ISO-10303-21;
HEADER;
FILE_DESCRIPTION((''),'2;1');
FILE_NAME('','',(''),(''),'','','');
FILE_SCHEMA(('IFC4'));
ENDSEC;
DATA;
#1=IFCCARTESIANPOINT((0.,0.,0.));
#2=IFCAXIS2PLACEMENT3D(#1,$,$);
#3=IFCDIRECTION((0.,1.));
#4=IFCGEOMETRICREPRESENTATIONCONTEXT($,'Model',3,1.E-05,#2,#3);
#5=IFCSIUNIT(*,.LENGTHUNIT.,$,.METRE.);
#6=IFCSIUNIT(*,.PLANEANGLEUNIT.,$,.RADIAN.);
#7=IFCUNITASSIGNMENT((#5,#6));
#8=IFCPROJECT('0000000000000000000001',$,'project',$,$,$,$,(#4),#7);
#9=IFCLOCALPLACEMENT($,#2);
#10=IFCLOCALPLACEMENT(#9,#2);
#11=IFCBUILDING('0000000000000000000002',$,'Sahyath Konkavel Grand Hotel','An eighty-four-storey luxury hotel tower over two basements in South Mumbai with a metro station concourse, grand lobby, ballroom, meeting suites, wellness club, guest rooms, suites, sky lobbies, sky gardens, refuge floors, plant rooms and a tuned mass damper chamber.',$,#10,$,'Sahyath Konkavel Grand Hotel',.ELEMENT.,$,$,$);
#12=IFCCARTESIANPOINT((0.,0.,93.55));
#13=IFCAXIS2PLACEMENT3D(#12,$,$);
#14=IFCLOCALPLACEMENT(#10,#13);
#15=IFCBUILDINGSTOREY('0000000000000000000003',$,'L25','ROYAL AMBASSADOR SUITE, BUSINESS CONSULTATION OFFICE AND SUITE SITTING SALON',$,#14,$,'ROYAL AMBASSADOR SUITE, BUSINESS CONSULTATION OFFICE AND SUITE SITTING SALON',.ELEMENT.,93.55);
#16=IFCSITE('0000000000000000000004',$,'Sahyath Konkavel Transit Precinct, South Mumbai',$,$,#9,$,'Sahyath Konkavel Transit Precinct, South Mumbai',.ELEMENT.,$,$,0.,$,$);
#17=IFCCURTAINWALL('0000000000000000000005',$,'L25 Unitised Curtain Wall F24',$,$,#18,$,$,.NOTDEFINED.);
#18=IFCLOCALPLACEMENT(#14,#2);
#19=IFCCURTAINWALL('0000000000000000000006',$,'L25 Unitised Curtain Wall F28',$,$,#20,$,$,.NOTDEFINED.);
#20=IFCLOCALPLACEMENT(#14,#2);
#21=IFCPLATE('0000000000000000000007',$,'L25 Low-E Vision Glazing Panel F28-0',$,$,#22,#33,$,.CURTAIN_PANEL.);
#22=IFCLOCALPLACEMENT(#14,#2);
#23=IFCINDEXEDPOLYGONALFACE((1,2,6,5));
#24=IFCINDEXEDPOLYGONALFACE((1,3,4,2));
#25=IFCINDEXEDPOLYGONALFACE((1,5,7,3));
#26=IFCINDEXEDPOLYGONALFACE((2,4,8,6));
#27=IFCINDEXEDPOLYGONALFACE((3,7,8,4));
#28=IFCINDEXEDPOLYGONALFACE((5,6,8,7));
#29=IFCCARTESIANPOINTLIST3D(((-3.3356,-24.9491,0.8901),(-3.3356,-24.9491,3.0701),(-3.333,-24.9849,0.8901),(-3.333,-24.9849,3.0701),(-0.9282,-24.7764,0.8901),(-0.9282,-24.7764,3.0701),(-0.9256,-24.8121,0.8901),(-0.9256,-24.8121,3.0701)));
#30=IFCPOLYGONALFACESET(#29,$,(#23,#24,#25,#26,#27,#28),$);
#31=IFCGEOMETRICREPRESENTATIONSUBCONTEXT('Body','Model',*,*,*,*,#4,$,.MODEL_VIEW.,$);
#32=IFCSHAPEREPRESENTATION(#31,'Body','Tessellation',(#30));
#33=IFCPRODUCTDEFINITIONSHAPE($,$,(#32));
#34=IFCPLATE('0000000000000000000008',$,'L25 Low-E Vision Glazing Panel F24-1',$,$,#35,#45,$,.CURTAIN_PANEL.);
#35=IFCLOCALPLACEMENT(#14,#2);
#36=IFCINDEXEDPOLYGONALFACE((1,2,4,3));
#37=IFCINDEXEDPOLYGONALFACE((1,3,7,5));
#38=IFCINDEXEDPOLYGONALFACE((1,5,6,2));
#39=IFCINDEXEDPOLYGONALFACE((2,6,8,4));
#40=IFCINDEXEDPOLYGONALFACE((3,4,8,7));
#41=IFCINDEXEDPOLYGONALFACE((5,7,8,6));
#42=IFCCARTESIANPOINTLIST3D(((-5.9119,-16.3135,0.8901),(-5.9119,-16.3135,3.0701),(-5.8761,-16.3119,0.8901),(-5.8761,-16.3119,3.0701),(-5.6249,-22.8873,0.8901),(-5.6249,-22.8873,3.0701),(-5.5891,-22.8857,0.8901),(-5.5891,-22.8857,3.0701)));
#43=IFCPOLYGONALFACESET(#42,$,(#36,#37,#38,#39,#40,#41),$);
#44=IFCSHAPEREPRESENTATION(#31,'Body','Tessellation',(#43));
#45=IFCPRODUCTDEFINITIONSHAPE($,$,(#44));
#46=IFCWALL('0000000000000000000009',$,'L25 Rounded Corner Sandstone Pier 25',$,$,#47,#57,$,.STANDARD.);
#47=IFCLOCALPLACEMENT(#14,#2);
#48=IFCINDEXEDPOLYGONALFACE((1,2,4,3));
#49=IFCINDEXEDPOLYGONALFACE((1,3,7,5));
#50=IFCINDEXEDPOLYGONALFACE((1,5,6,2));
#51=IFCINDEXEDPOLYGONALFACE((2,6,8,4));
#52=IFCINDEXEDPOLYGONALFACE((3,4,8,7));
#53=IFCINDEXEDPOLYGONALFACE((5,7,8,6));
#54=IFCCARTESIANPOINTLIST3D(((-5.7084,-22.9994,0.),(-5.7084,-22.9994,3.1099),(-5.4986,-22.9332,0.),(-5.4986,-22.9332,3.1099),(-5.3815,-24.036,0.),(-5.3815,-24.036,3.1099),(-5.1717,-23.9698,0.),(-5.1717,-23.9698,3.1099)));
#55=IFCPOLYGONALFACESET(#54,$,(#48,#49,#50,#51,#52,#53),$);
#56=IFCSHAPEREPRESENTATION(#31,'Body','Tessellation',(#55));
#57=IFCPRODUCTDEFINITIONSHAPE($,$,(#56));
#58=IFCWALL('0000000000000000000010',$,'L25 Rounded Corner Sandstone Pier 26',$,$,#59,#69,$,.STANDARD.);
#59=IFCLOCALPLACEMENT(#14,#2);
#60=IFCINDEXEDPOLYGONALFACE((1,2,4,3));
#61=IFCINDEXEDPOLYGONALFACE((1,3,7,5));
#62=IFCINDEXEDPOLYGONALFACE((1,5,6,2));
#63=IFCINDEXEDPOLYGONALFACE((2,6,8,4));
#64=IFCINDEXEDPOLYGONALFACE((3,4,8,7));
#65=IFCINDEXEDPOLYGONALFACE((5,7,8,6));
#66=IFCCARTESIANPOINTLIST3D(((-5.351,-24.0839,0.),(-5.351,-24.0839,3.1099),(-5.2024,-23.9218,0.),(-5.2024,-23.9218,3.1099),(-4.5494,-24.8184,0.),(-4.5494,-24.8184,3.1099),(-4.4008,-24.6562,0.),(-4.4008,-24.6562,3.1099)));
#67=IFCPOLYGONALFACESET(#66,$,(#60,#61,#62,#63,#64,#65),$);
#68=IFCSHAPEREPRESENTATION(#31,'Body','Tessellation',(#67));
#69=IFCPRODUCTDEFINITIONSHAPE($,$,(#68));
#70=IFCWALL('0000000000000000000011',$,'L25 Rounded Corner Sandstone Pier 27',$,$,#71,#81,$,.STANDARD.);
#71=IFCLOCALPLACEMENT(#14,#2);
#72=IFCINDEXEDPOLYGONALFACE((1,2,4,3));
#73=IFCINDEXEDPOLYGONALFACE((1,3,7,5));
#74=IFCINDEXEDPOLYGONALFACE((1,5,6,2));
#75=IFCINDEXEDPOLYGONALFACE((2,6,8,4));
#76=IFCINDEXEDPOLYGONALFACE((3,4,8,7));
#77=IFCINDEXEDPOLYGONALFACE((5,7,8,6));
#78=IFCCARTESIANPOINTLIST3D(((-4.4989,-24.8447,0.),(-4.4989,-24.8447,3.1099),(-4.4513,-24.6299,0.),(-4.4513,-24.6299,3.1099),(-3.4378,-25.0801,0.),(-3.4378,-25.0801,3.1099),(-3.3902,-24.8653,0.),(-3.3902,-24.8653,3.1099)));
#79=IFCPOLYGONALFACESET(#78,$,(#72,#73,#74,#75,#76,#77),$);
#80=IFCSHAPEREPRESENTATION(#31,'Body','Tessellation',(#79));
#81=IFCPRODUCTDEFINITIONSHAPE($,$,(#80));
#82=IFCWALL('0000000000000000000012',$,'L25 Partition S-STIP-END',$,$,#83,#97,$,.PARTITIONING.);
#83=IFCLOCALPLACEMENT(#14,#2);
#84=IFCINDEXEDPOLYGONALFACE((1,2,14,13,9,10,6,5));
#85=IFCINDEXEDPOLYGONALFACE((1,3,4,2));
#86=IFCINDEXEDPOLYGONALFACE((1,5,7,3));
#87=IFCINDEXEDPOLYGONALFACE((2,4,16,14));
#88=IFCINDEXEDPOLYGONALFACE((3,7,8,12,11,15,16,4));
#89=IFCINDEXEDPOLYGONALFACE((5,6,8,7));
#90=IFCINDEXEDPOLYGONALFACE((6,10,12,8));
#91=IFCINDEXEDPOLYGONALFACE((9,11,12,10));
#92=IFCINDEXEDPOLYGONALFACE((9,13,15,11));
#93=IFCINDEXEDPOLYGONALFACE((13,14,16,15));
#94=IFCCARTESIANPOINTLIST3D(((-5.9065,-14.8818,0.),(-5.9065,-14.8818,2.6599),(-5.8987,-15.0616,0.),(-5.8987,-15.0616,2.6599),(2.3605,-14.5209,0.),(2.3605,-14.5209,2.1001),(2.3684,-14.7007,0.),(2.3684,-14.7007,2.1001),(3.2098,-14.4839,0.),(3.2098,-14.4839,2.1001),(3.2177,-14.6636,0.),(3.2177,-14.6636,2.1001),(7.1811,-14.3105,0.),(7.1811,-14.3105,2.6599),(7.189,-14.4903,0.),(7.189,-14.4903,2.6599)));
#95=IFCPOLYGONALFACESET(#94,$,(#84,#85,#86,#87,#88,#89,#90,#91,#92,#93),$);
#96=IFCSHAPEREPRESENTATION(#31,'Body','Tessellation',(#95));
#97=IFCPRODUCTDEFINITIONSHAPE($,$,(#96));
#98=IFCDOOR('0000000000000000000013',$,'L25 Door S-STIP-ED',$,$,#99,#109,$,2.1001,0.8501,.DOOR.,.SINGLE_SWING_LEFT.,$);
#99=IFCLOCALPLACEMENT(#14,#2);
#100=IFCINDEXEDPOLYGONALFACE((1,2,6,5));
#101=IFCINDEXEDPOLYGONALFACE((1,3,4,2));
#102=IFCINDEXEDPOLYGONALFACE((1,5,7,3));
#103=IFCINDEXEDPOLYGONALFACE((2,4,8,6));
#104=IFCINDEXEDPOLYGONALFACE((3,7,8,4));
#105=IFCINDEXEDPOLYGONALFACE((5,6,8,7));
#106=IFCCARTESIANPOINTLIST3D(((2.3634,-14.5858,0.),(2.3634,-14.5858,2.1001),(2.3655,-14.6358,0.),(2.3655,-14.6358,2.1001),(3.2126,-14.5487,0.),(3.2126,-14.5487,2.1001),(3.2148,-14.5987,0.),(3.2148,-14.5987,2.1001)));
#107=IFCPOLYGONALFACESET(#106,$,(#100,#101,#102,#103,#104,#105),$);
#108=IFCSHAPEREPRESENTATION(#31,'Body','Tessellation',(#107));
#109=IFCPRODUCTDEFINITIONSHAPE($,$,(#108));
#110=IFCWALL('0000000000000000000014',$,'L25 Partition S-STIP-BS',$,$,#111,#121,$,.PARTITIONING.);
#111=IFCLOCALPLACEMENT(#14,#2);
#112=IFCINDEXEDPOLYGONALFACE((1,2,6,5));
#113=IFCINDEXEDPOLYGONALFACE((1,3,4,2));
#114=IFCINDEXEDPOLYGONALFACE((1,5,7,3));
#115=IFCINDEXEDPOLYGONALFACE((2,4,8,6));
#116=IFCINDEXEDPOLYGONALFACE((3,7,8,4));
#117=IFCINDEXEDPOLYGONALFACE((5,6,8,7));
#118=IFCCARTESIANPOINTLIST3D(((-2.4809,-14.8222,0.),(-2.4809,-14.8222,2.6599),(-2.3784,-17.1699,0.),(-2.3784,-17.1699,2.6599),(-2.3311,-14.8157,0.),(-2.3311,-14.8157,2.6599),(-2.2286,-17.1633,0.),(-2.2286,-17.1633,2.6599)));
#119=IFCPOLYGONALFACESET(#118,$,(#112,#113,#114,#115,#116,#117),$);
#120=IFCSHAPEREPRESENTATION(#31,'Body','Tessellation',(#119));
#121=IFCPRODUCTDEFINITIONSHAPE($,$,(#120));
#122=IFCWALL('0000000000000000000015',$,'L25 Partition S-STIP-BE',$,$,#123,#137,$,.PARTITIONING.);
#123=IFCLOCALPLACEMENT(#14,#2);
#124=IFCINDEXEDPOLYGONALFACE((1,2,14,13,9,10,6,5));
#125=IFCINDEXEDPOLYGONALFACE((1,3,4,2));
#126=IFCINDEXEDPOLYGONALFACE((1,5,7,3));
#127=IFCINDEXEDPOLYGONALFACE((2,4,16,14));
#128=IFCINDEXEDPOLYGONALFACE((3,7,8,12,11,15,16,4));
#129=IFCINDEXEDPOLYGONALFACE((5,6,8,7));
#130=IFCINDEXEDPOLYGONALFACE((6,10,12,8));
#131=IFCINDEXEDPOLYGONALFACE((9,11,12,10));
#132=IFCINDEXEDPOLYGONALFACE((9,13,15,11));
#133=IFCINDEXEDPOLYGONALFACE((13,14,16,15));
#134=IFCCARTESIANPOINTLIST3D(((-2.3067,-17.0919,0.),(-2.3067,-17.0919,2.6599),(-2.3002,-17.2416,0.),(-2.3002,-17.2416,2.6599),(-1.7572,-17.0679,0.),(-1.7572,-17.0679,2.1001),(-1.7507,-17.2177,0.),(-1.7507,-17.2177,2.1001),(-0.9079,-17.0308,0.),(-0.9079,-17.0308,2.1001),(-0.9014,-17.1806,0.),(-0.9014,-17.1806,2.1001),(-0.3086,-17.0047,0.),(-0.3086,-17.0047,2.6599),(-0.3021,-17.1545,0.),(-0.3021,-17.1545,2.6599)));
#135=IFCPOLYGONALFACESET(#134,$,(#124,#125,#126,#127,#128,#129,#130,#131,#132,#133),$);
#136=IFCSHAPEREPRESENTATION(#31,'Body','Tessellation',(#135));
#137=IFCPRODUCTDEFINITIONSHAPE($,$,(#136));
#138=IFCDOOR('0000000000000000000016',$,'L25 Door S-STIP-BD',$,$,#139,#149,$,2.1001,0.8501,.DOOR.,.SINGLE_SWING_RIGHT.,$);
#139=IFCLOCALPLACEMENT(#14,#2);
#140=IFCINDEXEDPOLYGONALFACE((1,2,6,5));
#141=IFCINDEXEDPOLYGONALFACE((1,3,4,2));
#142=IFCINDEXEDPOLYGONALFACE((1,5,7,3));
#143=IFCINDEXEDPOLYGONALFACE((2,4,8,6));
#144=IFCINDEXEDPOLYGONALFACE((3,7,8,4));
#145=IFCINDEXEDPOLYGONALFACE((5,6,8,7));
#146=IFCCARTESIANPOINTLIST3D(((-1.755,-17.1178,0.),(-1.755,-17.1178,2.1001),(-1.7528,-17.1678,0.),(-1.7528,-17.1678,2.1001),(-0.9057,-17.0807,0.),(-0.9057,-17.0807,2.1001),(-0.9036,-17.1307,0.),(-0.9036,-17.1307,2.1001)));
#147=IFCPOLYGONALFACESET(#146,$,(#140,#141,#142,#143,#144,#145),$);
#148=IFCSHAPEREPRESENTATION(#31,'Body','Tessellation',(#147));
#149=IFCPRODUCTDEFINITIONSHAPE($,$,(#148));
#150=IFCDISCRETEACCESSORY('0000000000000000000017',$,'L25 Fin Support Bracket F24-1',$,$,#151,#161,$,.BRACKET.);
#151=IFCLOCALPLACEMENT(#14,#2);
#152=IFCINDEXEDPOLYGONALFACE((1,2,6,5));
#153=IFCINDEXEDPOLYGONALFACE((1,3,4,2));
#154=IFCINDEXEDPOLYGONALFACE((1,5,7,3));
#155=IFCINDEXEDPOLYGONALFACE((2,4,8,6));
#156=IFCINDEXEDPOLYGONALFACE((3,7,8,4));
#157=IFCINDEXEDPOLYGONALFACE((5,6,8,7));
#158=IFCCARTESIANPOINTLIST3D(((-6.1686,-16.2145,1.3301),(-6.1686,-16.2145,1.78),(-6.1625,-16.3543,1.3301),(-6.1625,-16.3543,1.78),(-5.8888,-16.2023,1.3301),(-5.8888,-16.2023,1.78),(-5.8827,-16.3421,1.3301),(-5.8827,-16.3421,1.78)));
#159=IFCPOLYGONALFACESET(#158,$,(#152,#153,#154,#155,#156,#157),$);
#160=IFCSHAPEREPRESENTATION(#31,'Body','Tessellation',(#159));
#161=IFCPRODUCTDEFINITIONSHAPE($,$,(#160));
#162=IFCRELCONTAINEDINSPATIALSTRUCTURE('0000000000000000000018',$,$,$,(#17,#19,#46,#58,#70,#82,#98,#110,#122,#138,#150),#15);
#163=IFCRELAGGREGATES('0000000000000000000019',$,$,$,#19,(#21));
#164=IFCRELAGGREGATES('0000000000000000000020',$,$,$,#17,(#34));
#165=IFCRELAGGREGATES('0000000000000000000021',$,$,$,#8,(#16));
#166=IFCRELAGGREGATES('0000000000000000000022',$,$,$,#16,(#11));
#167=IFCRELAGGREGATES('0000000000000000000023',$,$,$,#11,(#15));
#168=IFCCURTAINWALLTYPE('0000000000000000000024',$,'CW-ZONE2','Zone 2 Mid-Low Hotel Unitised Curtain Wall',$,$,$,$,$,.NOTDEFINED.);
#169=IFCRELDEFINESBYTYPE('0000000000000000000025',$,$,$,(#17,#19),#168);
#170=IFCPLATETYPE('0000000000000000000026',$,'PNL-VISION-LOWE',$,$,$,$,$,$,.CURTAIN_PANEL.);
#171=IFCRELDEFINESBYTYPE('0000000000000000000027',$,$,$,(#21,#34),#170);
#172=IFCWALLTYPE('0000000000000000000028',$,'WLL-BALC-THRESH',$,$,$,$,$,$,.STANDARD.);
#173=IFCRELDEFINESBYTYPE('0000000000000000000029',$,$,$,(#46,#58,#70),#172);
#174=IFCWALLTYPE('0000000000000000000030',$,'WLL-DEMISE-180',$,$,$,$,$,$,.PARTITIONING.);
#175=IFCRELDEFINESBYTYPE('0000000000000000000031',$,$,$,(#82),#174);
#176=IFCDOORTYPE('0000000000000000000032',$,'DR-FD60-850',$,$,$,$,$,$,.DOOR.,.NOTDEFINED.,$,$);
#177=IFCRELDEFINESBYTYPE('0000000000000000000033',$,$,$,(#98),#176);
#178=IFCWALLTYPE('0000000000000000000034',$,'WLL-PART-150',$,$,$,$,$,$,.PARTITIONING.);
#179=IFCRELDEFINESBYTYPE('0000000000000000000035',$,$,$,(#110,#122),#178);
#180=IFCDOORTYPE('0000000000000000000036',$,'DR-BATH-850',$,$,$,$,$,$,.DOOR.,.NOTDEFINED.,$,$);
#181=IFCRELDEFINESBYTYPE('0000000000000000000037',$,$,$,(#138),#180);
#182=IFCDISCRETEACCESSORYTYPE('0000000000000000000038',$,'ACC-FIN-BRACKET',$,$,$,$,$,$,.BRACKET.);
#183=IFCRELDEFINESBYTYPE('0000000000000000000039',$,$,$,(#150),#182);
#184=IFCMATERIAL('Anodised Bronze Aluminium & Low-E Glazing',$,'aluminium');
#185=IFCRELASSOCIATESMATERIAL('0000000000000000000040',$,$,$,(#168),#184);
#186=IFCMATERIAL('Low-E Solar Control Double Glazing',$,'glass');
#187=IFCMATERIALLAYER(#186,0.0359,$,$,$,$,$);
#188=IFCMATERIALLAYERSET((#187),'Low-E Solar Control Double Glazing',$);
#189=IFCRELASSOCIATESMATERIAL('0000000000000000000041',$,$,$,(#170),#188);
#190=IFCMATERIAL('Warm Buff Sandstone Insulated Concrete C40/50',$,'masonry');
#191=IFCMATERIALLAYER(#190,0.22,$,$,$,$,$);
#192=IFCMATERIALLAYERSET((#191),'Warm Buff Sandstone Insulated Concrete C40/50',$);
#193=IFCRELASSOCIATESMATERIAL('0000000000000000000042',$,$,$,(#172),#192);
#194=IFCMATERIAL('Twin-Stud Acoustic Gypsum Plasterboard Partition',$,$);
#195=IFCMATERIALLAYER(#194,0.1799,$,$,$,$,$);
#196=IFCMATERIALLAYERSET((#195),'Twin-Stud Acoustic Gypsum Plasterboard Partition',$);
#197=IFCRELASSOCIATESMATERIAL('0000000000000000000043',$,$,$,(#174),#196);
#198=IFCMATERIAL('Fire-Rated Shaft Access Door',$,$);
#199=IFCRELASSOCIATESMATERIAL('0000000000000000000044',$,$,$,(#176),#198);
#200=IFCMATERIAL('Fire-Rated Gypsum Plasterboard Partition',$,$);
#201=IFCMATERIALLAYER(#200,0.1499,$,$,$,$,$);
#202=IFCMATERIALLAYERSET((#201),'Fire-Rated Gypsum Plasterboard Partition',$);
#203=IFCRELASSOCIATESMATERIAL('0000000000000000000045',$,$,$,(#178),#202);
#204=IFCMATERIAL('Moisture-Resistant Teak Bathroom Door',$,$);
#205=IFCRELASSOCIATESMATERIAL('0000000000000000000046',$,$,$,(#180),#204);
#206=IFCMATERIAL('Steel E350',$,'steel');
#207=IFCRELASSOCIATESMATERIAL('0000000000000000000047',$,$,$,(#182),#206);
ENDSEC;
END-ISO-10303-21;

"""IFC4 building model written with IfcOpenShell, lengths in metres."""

from ifc_helpers import new_model, si_unit, direction, frame, frame_2d, origin, origin_2d, place, context, subcontext, project, spatial, rectangle, extrude, source, transform, mapped, material, layer, layer_set, type_object, element, fill, aggregate, save


model = new_model("IFC4")

# Units and contexts
model_context = context("Model", 3, precision=1e-05, world=origin(), true_north=direction((0.0, 1.0)))
body_context = subcontext(model_context, "Body", "Model", "MODEL_VIEW")
ifc_project = project(units=[si_unit("LENGTHUNIT", "METRE"), si_unit("PLANEANGLEUNIT", "RADIAN")], contexts=[model_context])

# Site, building, storey
site_placement = place(None, origin())
site = spatial("IfcSite", under=ifc_project, at=site_placement, Name="Sahyath Konkavel Transit Precinct, South Mumbai", LongName="Sahyath Konkavel Transit Precinct, South Mumbai", CompositionType="ELEMENT", RefElevation=0.0)
building_placement = place(site_placement, origin())
building = spatial("IfcBuilding", under=site, at=building_placement, Name="Sahyath Konkavel Grand Hotel", Description="An eighty-four-storey luxury hotel tower over two basements in South Mumbai with a metro station concourse, grand lobby, ballroom, meeting suites, wellness club, guest rooms, suites, sky lobbies, sky gardens, refuge floors, plant rooms and a tuned mass damper chamber.", LongName="Sahyath Konkavel Grand Hotel", CompositionType="ELEMENT")
storey_placement = place(building_placement, frame((0.0, 0.0, 93.55)))
storey = spatial("IfcBuildingStorey", under=building, at=storey_placement, Name="L25", Description="ROYAL AMBASSADOR SUITE, BUSINESS CONSULTATION OFFICE AND SUITE SITTING SALON", LongName="ROYAL AMBASSADOR SUITE, BUSINESS CONSULTATION OFFICE AND SUITE SITTING SALON", CompositionType="ELEMENT", Elevation=93.55)

# Shared definitions
ifc_material_1 = material(Name="Steel E350", Category="steel")

# Curtain wall
ifc_material_2 = material(Name="Anodised Bronze Aluminium & Low-E Glazing", Category="aluminium")
curtain_wall_type = type_object("IfcCurtainWallType", Name="CW-ZONE2", Description="Zone 2 Mid-Low Hotel Unitised Curtain Wall", PredefinedType="NOTDEFINED", material=ifc_material_2)
curtain_wall_1_placement = place(storey_placement, origin())
curtain_wall_1 = element("IfcCurtainWall", 1, at=curtain_wall_1_placement, inside=storey, type_object=curtain_wall_type, Name="L25 Unitised Curtain Wall F24", PredefinedType="NOTDEFINED")

# Curtain wall
curtain_wall_2_placement = place(storey_placement, origin())
curtain_wall_2 = element("IfcCurtainWall", 2, at=curtain_wall_2_placement, inside=storey, type_object=curtain_wall_type, Name="L25 Unitised Curtain Wall F28", PredefinedType="NOTDEFINED")

# Plates
ifc_material_3 = material(Name="Low-E Solar Control Double Glazing", Category="glass")
ifc_layer_1 = layer(ifc_material_3, 0.0359)
ifc_layer_set_1 = layer_set([ifc_layer_1], Name="Low-E Solar Control Double Glazing")
plate_type_1 = type_object("IfcPlateType", Name="PNL-VISION-LOWE", PredefinedType="CURTAIN_PANEL", material=ifc_layer_set_1)
shared_shape_1 = source(origin(), body_context, "Body", "SweptSolid", [
    extrude(rectangle(XDim=2.4136, YDim=0.0359, at=origin_2d()), origin(), (0.0, 0.0, 1.0), 2.1799),
])
plate_1_placement = place(storey_placement, frame((-2.1306, -24.8806, 0.8901), z_axis=(0.0, 0.0, 1.0), x_axis=(0.997436, 0.071567, 0.0)))
plate_1 = element("IfcPlate", 3, at=plate_1_placement, type_object=plate_type_1, Name="L25 Low-E Vision Glazing Panel F28-0", PredefinedType="CURTAIN_PANEL", context=body_context, shape_type="MappedRepresentation", body=[
    mapped(shared_shape_1, transform((0.0, 0.0, 0.0), scale=1.0)),
])
aggregate(curtain_wall_2, [plate_1])
shared_shape_2 = source(origin(), body_context, "Body", "SweptSolid", [
    extrude(rectangle(XDim=6.5801, YDim=0.0359, at=origin_2d()), origin(), (0.0, 0.0, 1.0), 2.1799),
])
plate_2_placement = place(storey_placement, frame((-5.7505, -19.5996, 0.8901), z_axis=(0.0, 0.0, 1.0), x_axis=(0.043619, -0.999048, 0.0)))
plate_2 = element("IfcPlate", 4, at=plate_2_placement, type_object=plate_type_1, Name="L25 Low-E Vision Glazing Panel F24-1", PredefinedType="CURTAIN_PANEL", context=body_context, shape_type="MappedRepresentation", body=[
    mapped(shared_shape_2, transform((0.0, 0.0, 0.0), scale=1.0)),
])
aggregate(curtain_wall_1, [plate_2])

# Walls
ifc_material_4 = material(Name="Warm Buff Sandstone Insulated Concrete C40/50", Category="masonry")
ifc_layer_2 = layer(ifc_material_4, 0.22)
ifc_layer_set_2 = layer_set([ifc_layer_2], Name="Warm Buff Sandstone Insulated Concrete C40/50")
wall_type_1 = type_object("IfcWallType", Name="WLL-BALC-THRESH", PredefinedType="STANDARD", material=ifc_layer_set_2)
wall_1_placement = place(storey_placement, frame((-5.6035, -22.9663, 0.0), z_axis=(0.0, 0.0, 1.0), x_axis=(0.300755, -0.953701, 0.0)))
element("IfcWall", 5, at=wall_1_placement, inside=storey, type_object=wall_type_1, Name="L25 Rounded Corner Sandstone Pier 25", PredefinedType="STANDARD", context=body_context, shape_type="SweptSolid", body=[
    extrude(rectangle(XDim=1.0869, YDim=0.22, at=frame_2d((0.5435, 0.0))), origin(), (0.0, 0.0, 1.0), 3.1099),
])
wall_2_placement = place(storey_placement, frame((-5.2766, -24.0029, 0.0), z_axis=(0.0, 0.0, 1.0), x_axis=(0.737313, -0.675552, 0.0)))
element("IfcWall", 6, at=wall_2_placement, inside=storey, type_object=wall_type_1, Name="L25 Rounded Corner Sandstone Pier 26", PredefinedType="STANDARD", context=body_context, shape_type="SweptSolid", body=[
    extrude(rectangle(XDim=1.0872, YDim=0.22, at=frame_2d((0.5435, 0.0))), origin(), (0.0, 0.0, 1.0), 3.1099),
])
wall_3_placement = place(storey_placement, frame((-4.4751, -24.7373, 0.0), z_axis=(0.0, 0.0, 1.0), x_axis=(0.976272, -0.21655, 0.0)))
element("IfcWall", 7, at=wall_3_placement, inside=storey, type_object=wall_type_1, Name="L25 Rounded Corner Sandstone Pier 27", PredefinedType="STANDARD", context=body_context, shape_type="SweptSolid", body=[
    extrude(rectangle(XDim=1.0869, YDim=0.22, at=frame_2d((0.5435, 0.0))), origin(), (0.0, 0.0, 1.0), 3.1099),
])

# Wall, opening, door
ifc_material_5 = material(Name="Twin-Stud Acoustic Gypsum Plasterboard Partition")
ifc_layer_3 = layer(ifc_material_5, 0.1799)
ifc_layer_set_3 = layer_set([ifc_layer_3], Name="Twin-Stud Acoustic Gypsum Plasterboard Partition")
wall_type_2 = type_object("IfcWallType", Name="WLL-DEMISE-180", PredefinedType="PARTITIONING", material=ifc_layer_set_3)
wall_4_placement = place(storey_placement, frame((-5.9026, -14.9717, 0.0), z_axis=(0.0, 0.0, 1.0), x_axis=(0.999049, 0.043609, 0.0)))
wall_4 = element("IfcWall", 8, at=wall_4_placement, inside=storey, type_object=wall_type_2, Name="L25 Partition S-STIP-END", PredefinedType="PARTITIONING", context=body_context, shape_type="SweptSolid", body=[
    extrude(rectangle(XDim=13.1001, YDim=0.1799, at=frame_2d((6.55, 0.0))), origin(), (0.0, 0.0, 1.0), 2.6599),
])
opening_1_placement = place(wall_4_placement, frame((8.2749, 0.0, 0.0)))
opening_1 = element("IfcOpeningElement", 9, at=opening_1_placement, cuts=wall_4, PredefinedType="OPENING", context=body_context, shape_type="SweptSolid", body=[
    extrude(rectangle(XDim=0.8501, YDim=2.1001, at=frame_2d((0.425, 1.05))), frame((0.0, 0.1001, 0.0), z_axis=(0.0, -1.0, 0.0), x_axis=(1.0, 0.0, 0.0)), (0.0, 0.0, 1.0), 0.2),
])
ifc_material_6 = material(Name="Fire-Rated Shaft Access Door")
door_type_1 = type_object("IfcDoorType", Name="DR-FD60-850", OperationType="NOTDEFINED", PredefinedType="DOOR", material=ifc_material_6)
shared_shape_3 = source(origin(), body_context, "Body", "SweptSolid", [
    extrude(rectangle(XDim=0.8501, YDim=0.05, at=origin_2d()), origin(), (0.0, 0.0, 1.0), 2.1001),
])
door_1_placement = place(opening_1_placement, frame((0.425, 0.0, 0.0)))
door_1 = element("IfcDoor", 10, at=door_1_placement, inside=storey, type_object=door_type_1, Name="L25 Door S-STIP-ED", OperationType="SINGLE_SWING_LEFT", OverallHeight=2.1001, OverallWidth=0.8501, PredefinedType="DOOR", context=body_context, shape_type="MappedRepresentation", body=[
    mapped(shared_shape_3, transform((0.0, 0.0, 0.0), scale=1.0)),
])
fill(opening_1, door_1)

# Wall
ifc_material_7 = material(Name="Fire-Rated Gypsum Plasterboard Partition")
ifc_layer_4 = layer(ifc_material_7, 0.1499)
ifc_layer_set_4 = layer_set([ifc_layer_4], Name="Fire-Rated Gypsum Plasterboard Partition")
wall_type_3 = type_object("IfcWallType", Name="WLL-PART-150", PredefinedType="PARTITIONING", material=ifc_layer_set_4)
wall_5_placement = place(storey_placement, frame((-2.406, -14.8191, 0.0), z_axis=(0.0, 0.0, 1.0), x_axis=(0.043636, -0.999048, 0.0)))
element("IfcWall", 11, at=wall_5_placement, inside=storey, type_object=wall_type_3, Name="L25 Partition S-STIP-BS", PredefinedType="PARTITIONING", context=body_context, shape_type="SweptSolid", body=[
    extrude(rectangle(XDim=2.3499, YDim=0.1499, at=frame_2d((1.1748, 0.0))), origin(), (0.0, 0.0, 1.0), 2.6599),
])

# Wall, opening, door
wall_6_placement = place(storey_placement, frame((-2.3035, -17.1667, 0.0), z_axis=(0.0, 0.0, 1.0), x_axis=(0.99905, 0.04358, 0.0)))
wall_6 = element("IfcWall", 12, at=wall_6_placement, inside=storey, type_object=wall_type_3, Name="L25 Partition S-STIP-BE", PredefinedType="PARTITIONING", context=body_context, shape_type="SweptSolid", body=[
    extrude(rectangle(XDim=2.0, YDim=0.1499, at=frame_2d((1.0, 0.0))), origin(), (0.0, 0.0, 1.0), 2.6599),
])
opening_2_placement = place(wall_6_placement, frame((0.55, 0.0, 0.0)))
opening_2 = element("IfcOpeningElement", 13, at=opening_2_placement, cuts=wall_6, PredefinedType="OPENING", context=body_context, shape_type="SweptSolid", body=[
    extrude(rectangle(XDim=0.8501, YDim=2.1001, at=frame_2d((0.425, 1.05))), frame((0.0, 0.085, 0.0), z_axis=(0.0, -1.0, 0.0), x_axis=(1.0, 0.0, 0.0)), (0.0, 0.0, 1.0), 0.1699),
])
ifc_material_8 = material(Name="Moisture-Resistant Teak Bathroom Door")
door_type_2 = type_object("IfcDoorType", Name="DR-BATH-850", OperationType="NOTDEFINED", PredefinedType="DOOR", material=ifc_material_8)
door_2_placement = place(opening_2_placement, frame((0.425, 0.0, 0.0)))
door_2 = element("IfcDoor", 14, at=door_2_placement, inside=storey, type_object=door_type_2, Name="L25 Door S-STIP-BD", OperationType="SINGLE_SWING_RIGHT", OverallHeight=2.1001, OverallWidth=0.8501, PredefinedType="DOOR", context=body_context, shape_type="MappedRepresentation", body=[
    mapped(shared_shape_3, transform((0.0, 0.0, 0.0), scale=1.0)),
])
fill(opening_2, door_2)

# Discrete accessory
discrete_accessory_type = type_object("IfcDiscreteAccessoryType", Name="ACC-FIN-BRACKET", PredefinedType="BRACKET", material=ifc_material_1)
shared_shape_4 = source(origin(), body_context, "Body", "SweptSolid", [
    extrude(rectangle(XDim=0.28, YDim=0.1399, at=origin_2d()), origin(), (0.0, 0.0, 1.0), 0.45),
])
discrete_accessory_placement = place(storey_placement, frame((-6.0256, -16.2783, 1.3301), z_axis=(0.0, 0.0, 1.0), x_axis=(-0.999048, -0.043619, 0.0)))
element("IfcDiscreteAccessory", 15, at=discrete_accessory_placement, inside=storey, type_object=discrete_accessory_type, Name="L25 Fin Support Bracket F24-1", PredefinedType="BRACKET", context=body_context, shape_type="MappedRepresentation", body=[
    mapped(shared_shape_4, transform((0.0, 0.0, 0.0), scale=1.0)),
])

save(model, "model.ifc")
